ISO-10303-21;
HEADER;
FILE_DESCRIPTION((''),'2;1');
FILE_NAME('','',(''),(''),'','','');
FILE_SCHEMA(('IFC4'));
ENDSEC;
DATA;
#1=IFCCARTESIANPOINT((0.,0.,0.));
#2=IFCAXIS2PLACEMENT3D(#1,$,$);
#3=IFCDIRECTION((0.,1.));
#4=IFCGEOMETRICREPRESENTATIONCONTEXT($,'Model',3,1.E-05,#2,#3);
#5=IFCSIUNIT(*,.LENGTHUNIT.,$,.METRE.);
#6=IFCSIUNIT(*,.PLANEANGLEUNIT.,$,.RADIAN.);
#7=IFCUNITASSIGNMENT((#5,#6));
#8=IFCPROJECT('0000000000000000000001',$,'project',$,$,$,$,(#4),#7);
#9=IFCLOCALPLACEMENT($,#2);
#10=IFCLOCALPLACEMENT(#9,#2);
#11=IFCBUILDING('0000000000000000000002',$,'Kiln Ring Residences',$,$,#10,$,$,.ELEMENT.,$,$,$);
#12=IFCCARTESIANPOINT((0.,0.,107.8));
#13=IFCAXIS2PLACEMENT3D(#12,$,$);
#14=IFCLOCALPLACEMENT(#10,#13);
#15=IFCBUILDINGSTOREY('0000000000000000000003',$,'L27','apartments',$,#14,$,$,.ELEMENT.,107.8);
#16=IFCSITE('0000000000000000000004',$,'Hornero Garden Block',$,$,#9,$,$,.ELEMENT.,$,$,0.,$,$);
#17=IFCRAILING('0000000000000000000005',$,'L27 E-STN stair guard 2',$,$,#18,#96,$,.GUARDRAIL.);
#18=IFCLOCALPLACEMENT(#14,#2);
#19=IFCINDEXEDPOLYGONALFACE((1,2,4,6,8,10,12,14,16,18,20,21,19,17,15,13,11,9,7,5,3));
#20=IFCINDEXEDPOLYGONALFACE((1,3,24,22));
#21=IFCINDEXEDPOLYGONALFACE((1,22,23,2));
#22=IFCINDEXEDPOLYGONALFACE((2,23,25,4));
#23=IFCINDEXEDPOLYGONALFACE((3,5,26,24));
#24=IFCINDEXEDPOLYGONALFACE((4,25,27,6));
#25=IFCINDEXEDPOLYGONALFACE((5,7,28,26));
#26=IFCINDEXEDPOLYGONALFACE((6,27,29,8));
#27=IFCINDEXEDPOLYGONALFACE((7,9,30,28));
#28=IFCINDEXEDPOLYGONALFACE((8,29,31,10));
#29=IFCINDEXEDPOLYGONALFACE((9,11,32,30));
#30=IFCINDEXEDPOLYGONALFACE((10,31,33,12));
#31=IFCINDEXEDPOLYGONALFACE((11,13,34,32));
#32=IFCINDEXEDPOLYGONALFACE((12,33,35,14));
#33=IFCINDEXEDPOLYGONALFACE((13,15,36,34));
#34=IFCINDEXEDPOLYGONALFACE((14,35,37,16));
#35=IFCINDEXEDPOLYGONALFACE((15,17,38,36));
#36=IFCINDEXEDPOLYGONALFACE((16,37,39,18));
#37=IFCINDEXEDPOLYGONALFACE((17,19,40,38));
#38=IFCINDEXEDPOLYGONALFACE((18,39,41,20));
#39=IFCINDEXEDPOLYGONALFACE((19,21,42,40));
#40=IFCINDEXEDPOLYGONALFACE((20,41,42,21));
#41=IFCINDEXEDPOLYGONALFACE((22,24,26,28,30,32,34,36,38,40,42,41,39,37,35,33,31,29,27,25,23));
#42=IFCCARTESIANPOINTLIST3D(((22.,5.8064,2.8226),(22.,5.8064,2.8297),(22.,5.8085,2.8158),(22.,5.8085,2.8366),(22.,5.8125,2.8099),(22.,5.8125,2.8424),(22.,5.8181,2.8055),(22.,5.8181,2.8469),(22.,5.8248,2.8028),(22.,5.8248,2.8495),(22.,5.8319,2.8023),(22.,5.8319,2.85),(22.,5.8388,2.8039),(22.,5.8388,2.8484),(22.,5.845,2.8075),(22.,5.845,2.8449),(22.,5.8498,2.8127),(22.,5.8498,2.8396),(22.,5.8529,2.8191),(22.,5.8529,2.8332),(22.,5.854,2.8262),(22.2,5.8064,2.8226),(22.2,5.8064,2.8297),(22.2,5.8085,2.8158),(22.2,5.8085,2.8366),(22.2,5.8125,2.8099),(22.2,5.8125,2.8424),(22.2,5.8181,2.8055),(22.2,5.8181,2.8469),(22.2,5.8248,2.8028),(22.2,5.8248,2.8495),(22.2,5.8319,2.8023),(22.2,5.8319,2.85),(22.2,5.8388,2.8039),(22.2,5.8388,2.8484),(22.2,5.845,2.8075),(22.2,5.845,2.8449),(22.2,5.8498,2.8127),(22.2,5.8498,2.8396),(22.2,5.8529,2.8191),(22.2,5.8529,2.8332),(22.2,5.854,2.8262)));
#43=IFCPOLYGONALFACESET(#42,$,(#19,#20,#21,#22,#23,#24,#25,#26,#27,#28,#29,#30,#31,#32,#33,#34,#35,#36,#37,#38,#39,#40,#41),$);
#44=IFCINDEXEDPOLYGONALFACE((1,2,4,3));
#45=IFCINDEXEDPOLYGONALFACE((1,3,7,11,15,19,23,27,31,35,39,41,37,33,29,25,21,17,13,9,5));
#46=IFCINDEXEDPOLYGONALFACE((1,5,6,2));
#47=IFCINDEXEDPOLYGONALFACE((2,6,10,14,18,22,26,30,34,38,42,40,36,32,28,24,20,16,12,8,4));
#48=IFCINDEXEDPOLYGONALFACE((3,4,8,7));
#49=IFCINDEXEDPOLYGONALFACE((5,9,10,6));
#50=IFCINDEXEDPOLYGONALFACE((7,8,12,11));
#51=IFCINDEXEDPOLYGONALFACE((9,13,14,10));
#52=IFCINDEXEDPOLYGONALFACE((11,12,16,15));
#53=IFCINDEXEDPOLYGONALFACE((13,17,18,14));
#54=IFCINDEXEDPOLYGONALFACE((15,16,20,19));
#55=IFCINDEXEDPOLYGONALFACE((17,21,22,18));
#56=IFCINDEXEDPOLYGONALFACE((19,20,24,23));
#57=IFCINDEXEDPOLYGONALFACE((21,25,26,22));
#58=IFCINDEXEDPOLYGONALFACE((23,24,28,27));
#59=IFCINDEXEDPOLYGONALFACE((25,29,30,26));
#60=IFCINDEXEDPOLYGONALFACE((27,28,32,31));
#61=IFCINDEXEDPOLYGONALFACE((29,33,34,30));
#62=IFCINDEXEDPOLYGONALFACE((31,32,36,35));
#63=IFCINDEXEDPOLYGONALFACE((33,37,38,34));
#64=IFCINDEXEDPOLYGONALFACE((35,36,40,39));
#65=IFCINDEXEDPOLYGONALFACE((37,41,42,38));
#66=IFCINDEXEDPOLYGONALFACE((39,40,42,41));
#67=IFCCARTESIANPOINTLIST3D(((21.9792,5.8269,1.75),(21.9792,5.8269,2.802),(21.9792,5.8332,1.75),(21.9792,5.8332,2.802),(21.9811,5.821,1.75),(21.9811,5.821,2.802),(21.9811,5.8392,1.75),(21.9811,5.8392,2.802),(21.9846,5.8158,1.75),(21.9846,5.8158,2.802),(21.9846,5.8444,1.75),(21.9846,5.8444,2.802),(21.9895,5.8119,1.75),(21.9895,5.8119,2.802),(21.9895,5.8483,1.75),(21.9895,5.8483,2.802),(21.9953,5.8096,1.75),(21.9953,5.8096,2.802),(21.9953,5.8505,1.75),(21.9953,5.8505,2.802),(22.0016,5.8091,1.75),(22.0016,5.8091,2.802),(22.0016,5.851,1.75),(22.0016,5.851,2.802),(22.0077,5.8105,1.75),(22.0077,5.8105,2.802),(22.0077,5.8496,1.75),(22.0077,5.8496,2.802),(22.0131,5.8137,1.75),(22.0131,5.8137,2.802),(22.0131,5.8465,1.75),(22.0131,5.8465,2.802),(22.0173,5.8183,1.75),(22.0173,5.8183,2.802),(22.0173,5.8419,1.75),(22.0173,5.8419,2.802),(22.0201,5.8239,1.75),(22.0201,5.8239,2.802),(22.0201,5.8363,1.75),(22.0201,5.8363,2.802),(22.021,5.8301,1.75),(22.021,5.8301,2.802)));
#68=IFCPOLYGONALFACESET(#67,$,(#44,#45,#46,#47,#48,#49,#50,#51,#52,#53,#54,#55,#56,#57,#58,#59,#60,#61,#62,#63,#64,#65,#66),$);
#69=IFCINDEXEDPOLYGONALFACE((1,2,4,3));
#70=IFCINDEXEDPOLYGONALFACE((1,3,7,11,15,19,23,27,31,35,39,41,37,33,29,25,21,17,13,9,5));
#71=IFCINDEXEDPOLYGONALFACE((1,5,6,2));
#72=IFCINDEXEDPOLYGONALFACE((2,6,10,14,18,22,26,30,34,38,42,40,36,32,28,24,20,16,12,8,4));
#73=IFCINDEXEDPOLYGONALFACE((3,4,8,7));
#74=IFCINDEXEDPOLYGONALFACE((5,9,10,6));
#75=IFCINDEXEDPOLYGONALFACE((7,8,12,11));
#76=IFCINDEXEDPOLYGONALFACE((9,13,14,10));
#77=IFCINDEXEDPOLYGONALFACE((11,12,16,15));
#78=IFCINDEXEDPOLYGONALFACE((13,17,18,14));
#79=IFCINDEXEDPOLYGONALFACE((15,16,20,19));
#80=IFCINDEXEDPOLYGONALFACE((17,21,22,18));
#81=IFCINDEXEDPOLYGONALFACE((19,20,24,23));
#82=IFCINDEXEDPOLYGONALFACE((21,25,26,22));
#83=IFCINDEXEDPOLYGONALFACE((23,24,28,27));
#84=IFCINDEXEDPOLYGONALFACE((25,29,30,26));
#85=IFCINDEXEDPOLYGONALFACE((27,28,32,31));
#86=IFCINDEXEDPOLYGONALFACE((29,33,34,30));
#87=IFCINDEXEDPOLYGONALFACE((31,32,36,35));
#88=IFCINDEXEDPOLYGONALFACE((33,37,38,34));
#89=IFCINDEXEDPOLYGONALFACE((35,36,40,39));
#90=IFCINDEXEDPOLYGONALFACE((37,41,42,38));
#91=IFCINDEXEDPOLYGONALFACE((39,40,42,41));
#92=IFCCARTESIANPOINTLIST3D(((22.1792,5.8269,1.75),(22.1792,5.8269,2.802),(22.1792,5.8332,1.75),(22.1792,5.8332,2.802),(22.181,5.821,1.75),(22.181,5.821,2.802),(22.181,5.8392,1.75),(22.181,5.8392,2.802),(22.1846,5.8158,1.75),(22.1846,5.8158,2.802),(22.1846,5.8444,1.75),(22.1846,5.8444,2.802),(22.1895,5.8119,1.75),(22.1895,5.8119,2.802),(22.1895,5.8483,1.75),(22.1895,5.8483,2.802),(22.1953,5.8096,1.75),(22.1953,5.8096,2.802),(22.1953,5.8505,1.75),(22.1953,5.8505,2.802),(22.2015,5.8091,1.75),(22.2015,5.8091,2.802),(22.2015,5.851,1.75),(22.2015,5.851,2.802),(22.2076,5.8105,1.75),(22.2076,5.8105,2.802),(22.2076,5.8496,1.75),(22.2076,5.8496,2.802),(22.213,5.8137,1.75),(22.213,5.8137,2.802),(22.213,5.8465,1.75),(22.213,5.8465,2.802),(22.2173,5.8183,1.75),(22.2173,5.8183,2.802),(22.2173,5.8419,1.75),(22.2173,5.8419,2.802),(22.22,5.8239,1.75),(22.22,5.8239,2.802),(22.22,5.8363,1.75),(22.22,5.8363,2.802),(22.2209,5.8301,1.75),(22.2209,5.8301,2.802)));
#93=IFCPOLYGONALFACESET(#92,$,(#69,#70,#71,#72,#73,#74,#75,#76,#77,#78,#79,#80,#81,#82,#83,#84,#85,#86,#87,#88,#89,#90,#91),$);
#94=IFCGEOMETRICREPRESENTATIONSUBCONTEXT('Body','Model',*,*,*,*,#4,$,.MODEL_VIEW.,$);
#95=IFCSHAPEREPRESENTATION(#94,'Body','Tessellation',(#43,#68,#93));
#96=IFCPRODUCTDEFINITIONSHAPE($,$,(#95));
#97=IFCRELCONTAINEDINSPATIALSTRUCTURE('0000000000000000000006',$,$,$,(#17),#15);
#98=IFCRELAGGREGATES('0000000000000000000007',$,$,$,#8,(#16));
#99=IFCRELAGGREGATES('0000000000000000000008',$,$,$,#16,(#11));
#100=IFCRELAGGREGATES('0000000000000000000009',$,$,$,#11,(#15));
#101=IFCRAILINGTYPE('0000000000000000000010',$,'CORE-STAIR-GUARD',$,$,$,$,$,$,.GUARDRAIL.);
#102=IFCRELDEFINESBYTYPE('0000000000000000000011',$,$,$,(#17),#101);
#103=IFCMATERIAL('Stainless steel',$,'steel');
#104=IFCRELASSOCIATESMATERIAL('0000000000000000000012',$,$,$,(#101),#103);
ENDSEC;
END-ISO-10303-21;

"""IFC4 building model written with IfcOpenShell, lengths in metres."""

from ifc_helpers import new_model, si_unit, direction, frame, origin, origin_2d, place, context, subcontext, project, spatial, circle, extrude, material, type_object, element, save


model = new_model("IFC4")

# Units and contexts
model_context = context("Model", 3, precision=1e-05, world=origin(), true_north=direction((0.0, 1.0)))
body_context = subcontext(model_context, "Body", "Model", "MODEL_VIEW")
ifc_project = project(units=[si_unit("LENGTHUNIT", "METRE"), si_unit("PLANEANGLEUNIT", "RADIAN")], contexts=[model_context])

# Site, building, storey
site_placement = place(None, origin())
site = spatial("IfcSite", under=ifc_project, at=site_placement, Name="Hornero Garden Block", CompositionType="ELEMENT", RefElevation=0.0)
building_placement = place(site_placement, origin())
building = spatial("IfcBuilding", under=site, at=building_placement, Name="Kiln Ring Residences", CompositionType="ELEMENT")
storey_placement = place(building_placement, frame((0.0, 0.0, 107.8)))
storey = spatial("IfcBuildingStorey", under=building, at=storey_placement, Name="L27", Description="apartments", CompositionType="ELEMENT", Elevation=107.8)

# Railing
ifc_material_1 = material(Name="Stainless steel", Category="steel")
railing_type_1 = type_object("IfcRailingType", Name="CORE-STAIR-GUARD", PredefinedType="GUARDRAIL", material=ifc_material_1)
railing_1_placement = place(storey_placement, frame((22.0, 5.8301, 1.75)))
element("IfcRailing", 1, at=railing_1_placement, inside=storey, type_object=railing_type_1, Name="L27 E-STN stair guard 2", PredefinedType="GUARDRAIL", context=body_context, shape_type="SweptSolid", body=[
    extrude(circle(Radius=0.0239, at=origin_2d()), frame((0.0, 0.0, 1.0762), z_axis=(1.0, 0.0, 0.0), x_axis=(0.0, 1.0, 0.0)), (0.0, 0.0, 1.0), 0.2),
    extrude(circle(Radius=0.021, at=origin_2d()), origin(), (0.0, 0.0, 1.0), 1.052),
    extrude(circle(Radius=0.021, at=origin_2d()), frame((0.2, 0.0, 0.0)), (0.0, 0.0, 1.0), 1.052),
])

save(model, "model.ifc")
